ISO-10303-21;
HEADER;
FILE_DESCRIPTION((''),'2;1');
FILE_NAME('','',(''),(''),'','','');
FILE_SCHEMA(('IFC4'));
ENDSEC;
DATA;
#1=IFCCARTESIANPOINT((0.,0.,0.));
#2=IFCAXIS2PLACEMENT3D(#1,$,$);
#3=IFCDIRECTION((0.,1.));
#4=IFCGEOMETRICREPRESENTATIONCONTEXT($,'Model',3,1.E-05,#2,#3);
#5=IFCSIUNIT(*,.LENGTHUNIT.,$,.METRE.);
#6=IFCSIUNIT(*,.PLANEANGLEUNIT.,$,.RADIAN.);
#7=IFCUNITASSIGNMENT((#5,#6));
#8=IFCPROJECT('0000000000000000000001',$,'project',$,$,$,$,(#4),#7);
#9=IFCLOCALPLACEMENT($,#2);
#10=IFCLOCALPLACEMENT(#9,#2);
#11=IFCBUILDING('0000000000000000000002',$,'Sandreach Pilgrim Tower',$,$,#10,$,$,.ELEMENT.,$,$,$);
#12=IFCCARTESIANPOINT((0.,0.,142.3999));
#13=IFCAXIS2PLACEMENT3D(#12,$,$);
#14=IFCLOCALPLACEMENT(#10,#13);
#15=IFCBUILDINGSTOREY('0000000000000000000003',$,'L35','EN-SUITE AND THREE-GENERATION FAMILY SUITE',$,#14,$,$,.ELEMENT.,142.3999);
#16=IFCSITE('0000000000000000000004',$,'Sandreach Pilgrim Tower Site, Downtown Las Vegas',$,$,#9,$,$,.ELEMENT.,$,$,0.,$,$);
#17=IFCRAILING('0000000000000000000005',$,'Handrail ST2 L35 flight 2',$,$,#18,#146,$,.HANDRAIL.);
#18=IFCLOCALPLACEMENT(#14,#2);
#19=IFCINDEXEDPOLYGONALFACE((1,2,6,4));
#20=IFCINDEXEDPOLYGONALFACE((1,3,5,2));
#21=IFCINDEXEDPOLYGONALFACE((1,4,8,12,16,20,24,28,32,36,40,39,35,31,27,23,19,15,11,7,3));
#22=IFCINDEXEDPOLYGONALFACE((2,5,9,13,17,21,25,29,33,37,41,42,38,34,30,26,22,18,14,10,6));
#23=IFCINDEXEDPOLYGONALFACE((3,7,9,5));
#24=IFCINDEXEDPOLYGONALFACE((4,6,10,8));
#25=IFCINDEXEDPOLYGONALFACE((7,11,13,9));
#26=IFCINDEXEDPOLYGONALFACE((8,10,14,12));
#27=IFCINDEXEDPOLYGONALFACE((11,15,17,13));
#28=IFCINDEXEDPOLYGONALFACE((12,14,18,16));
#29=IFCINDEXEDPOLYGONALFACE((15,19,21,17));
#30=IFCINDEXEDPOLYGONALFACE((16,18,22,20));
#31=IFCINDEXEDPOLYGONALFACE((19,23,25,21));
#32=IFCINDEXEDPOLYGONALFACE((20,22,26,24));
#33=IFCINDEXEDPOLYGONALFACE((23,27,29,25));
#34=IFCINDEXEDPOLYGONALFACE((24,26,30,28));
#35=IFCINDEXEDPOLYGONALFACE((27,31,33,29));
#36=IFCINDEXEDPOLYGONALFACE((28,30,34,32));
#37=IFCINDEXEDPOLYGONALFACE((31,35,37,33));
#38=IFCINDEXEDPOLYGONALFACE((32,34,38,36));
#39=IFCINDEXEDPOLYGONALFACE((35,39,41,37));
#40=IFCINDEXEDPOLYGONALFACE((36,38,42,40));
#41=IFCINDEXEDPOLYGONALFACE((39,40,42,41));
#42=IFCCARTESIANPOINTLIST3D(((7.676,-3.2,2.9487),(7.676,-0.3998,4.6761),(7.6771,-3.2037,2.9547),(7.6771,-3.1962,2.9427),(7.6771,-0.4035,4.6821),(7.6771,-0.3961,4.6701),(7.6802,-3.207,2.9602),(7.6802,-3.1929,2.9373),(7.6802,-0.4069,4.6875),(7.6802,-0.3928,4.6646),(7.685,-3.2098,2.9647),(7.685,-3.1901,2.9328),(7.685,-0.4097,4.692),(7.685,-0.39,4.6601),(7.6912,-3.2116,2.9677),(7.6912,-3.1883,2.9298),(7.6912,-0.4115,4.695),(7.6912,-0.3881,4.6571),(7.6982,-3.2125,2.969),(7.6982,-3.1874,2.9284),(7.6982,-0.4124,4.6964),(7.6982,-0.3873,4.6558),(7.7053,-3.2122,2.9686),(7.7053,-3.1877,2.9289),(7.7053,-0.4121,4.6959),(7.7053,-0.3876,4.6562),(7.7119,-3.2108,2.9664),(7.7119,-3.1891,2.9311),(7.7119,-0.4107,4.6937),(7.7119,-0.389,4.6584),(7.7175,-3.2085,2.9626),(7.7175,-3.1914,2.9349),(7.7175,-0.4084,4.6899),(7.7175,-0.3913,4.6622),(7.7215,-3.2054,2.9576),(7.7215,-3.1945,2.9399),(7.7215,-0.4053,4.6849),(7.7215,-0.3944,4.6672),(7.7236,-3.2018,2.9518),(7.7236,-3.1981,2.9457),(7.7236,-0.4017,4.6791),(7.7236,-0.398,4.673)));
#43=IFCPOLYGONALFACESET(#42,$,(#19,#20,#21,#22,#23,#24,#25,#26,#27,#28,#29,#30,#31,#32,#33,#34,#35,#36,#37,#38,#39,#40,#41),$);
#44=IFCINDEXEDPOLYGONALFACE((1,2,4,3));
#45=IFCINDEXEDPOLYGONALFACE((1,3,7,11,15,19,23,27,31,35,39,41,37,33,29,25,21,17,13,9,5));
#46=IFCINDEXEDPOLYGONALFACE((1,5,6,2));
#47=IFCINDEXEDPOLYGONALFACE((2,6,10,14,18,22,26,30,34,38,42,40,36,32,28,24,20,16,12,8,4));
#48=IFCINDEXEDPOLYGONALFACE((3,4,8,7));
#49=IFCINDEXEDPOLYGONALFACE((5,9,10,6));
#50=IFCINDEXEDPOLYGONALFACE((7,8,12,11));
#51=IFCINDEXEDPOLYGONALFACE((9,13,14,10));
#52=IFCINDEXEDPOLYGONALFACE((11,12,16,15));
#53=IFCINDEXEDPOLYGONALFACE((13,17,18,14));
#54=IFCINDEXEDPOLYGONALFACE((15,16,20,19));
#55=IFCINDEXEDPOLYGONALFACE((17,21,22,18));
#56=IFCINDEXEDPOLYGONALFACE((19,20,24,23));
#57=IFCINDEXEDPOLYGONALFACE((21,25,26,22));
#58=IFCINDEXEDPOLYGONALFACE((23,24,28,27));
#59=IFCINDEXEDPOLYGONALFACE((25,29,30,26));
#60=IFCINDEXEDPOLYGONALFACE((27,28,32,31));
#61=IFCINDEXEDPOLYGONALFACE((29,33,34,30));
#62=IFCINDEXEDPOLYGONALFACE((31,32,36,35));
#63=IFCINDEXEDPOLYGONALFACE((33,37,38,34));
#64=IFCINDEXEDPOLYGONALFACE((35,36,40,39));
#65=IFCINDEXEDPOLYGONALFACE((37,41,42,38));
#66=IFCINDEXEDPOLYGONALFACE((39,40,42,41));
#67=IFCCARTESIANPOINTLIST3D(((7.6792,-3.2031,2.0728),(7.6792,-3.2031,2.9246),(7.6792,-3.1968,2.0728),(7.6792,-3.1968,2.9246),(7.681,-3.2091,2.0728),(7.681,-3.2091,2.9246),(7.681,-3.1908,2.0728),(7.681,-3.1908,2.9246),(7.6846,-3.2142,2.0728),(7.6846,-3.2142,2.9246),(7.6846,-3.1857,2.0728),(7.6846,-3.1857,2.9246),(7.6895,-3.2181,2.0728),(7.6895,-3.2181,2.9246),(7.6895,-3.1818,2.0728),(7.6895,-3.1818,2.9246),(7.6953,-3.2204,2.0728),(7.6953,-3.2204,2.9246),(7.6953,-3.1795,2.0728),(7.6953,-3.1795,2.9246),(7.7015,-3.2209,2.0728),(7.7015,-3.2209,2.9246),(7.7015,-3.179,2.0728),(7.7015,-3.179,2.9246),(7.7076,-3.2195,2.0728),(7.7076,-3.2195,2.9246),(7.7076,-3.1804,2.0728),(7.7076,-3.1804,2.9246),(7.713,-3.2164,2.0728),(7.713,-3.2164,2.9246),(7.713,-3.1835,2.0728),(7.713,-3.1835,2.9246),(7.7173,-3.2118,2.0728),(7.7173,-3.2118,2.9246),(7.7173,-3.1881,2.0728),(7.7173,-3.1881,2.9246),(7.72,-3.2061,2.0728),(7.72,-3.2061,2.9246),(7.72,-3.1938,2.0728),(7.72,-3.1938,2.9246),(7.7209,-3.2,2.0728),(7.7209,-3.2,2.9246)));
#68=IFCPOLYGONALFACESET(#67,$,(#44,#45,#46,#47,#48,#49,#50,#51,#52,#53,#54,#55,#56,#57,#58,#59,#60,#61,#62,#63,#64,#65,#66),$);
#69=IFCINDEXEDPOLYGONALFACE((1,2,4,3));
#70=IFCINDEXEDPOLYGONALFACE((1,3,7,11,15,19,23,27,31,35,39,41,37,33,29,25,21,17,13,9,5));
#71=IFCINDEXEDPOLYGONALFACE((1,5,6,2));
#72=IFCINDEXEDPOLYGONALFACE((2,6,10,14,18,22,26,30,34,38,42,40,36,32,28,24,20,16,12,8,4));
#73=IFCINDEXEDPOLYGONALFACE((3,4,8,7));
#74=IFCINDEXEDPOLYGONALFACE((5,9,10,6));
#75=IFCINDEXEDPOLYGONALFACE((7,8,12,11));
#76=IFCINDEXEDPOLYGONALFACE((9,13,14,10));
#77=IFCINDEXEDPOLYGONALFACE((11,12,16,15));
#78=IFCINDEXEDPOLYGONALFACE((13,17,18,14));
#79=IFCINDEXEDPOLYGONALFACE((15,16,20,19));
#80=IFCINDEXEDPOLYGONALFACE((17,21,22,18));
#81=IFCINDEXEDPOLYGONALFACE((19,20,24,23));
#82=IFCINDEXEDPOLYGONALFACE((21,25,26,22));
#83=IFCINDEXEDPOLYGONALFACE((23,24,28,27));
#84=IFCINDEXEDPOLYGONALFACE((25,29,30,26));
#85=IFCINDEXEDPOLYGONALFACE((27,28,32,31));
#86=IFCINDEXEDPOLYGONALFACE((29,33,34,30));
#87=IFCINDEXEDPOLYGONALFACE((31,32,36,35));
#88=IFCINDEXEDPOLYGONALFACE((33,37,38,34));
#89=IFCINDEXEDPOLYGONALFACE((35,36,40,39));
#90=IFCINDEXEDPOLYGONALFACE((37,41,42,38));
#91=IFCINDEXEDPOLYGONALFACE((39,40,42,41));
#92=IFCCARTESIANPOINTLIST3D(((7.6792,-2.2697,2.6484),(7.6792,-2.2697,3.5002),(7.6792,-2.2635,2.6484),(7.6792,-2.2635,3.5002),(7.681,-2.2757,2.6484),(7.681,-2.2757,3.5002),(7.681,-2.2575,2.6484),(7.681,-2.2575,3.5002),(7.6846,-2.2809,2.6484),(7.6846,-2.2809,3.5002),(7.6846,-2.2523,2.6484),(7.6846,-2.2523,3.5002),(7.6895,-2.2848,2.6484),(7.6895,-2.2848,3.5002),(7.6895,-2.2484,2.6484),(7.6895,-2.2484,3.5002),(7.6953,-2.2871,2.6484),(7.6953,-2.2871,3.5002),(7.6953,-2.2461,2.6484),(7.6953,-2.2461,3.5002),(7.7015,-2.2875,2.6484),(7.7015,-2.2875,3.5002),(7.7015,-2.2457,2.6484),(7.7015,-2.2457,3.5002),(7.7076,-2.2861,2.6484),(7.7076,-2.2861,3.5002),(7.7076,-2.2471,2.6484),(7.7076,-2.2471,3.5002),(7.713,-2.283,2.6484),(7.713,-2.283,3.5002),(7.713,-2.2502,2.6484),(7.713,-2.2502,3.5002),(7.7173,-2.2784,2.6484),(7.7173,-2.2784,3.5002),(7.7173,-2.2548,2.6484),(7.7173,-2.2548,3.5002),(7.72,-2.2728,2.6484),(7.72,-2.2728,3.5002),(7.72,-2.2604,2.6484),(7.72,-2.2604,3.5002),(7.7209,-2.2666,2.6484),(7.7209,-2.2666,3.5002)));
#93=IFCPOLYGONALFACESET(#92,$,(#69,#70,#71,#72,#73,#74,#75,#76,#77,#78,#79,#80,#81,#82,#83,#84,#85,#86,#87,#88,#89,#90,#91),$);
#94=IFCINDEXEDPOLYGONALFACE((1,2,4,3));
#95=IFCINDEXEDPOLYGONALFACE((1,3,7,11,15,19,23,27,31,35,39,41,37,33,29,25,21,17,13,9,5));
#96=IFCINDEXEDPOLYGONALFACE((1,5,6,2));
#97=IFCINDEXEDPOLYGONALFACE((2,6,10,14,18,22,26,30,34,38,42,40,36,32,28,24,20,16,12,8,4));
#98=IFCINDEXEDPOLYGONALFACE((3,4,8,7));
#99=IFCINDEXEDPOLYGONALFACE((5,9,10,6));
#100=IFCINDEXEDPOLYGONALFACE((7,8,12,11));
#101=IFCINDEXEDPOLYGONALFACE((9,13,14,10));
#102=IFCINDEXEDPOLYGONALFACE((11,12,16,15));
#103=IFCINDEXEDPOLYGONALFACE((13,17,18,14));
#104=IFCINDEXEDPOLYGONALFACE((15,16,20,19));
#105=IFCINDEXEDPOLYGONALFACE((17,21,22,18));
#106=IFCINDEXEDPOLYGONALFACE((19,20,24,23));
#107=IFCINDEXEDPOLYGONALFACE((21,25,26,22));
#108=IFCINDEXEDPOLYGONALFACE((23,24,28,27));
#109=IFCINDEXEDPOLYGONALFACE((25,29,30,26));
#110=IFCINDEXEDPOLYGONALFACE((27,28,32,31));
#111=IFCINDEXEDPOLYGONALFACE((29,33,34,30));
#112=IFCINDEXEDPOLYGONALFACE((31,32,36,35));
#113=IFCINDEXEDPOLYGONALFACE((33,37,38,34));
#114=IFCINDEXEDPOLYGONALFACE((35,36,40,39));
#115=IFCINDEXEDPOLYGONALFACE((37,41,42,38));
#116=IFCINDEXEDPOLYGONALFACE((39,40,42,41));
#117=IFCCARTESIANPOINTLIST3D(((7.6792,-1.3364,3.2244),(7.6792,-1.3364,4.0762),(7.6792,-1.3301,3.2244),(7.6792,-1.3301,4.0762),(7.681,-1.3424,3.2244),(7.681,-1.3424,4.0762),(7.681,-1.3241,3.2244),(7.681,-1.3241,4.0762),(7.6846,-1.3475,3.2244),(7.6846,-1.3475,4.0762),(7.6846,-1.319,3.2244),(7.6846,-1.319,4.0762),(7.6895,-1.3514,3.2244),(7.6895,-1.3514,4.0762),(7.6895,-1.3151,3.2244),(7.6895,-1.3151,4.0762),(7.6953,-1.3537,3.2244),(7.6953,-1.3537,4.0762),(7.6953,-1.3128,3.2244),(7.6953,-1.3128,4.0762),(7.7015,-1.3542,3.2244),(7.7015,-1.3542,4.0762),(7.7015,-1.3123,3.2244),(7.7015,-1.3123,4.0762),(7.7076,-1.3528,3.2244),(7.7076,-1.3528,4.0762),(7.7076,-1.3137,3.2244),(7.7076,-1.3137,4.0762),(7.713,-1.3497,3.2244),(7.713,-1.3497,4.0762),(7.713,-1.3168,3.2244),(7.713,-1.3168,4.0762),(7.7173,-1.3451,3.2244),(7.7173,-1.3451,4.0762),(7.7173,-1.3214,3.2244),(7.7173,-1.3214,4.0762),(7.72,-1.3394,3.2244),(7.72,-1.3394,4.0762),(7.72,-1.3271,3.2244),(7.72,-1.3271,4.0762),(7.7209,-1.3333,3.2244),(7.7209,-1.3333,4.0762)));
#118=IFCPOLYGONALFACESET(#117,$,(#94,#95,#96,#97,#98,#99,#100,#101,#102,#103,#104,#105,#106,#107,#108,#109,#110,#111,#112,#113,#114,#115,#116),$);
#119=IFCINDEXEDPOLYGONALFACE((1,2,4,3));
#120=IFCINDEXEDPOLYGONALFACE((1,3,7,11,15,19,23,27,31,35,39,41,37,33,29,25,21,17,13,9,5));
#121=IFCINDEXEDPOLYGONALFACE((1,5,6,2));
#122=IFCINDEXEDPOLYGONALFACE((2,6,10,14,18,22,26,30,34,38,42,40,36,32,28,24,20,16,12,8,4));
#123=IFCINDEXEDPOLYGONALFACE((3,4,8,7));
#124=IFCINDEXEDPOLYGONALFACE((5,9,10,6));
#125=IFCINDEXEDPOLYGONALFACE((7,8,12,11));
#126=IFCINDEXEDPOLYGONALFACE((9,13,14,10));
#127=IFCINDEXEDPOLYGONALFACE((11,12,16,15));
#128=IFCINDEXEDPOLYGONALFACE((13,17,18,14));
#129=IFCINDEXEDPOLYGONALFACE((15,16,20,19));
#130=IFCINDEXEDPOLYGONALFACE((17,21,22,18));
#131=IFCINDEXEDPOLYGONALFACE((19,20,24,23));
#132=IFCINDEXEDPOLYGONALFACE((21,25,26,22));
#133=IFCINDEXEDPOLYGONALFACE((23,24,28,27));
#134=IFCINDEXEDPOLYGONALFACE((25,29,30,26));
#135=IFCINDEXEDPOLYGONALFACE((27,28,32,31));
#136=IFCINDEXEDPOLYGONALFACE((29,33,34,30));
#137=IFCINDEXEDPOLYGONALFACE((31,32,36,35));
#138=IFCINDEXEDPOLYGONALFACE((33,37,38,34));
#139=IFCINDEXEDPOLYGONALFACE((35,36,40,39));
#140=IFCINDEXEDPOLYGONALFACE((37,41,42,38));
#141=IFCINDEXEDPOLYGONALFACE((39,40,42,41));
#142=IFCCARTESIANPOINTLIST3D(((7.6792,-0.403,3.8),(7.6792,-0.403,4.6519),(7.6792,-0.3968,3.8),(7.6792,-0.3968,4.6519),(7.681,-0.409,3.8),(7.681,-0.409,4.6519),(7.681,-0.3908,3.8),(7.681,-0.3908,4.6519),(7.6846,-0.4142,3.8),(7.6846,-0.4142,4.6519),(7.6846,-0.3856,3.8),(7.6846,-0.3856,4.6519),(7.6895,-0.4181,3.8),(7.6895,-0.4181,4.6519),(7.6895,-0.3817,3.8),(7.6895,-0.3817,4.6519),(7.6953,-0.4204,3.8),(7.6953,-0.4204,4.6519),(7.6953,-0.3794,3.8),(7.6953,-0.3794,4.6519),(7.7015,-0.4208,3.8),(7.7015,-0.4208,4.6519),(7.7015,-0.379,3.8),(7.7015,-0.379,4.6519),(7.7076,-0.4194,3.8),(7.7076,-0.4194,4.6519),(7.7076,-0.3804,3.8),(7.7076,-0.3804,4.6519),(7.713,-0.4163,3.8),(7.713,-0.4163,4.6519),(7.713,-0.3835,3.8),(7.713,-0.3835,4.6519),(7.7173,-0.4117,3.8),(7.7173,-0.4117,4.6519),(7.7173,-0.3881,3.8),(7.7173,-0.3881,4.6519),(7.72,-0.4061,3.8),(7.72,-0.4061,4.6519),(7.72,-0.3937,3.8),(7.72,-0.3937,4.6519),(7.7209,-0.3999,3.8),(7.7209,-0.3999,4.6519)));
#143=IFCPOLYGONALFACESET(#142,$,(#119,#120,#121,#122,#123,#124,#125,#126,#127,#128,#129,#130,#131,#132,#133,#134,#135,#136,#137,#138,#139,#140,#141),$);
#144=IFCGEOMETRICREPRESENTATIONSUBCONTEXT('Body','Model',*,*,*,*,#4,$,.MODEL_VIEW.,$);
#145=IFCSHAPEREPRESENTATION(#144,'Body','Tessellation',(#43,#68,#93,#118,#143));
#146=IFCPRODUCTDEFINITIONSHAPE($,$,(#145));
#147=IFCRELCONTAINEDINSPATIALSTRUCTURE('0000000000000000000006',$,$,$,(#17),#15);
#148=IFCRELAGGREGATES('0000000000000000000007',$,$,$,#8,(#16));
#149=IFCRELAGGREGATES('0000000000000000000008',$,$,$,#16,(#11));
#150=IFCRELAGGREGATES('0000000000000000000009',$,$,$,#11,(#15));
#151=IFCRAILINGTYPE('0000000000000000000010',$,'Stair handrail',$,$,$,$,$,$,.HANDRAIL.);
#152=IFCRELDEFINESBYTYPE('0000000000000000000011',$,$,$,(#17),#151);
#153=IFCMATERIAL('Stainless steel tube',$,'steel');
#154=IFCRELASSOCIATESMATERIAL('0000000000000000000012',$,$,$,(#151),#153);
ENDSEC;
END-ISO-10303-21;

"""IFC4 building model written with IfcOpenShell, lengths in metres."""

from ifc_helpers import new_model, si_unit, direction, frame, origin, origin_2d, place, context, subcontext, project, spatial, circle, extrude, material, type_object, element, save


model = new_model("IFC4")

# Units and contexts
model_context = context("Model", 3, precision=1e-05, world=origin(), true_north=direction((0.0, 1.0)))
body_context = subcontext(model_context, "Body", "Model", "MODEL_VIEW")
ifc_project = project(units=[si_unit("LENGTHUNIT", "METRE"), si_unit("PLANEANGLEUNIT", "RADIAN")], contexts=[model_context])

# Site, building, storey
site_placement = place(None, origin())
site = spatial("IfcSite", under=ifc_project, at=site_placement, Name="Sandreach Pilgrim Tower Site, Downtown Las Vegas", CompositionType="ELEMENT", RefElevation=0.0)
building_placement = place(site_placement, origin())
building = spatial("IfcBuilding", under=site, at=building_placement, Name="Sandreach Pilgrim Tower", CompositionType="ELEMENT")
storey_placement = place(building_placement, frame((0.0, 0.0, 142.3999)))
storey = spatial("IfcBuildingStorey", under=building, at=storey_placement, Name="L35", Description="EN-SUITE AND THREE-GENERATION FAMILY SUITE", CompositionType="ELEMENT", Elevation=142.3999)

# Railing
ifc_material_1 = material(Name="Stainless steel tube", Category="steel")
railing_type = type_object("IfcRailingType", Name="Stair handrail", PredefinedType="HANDRAIL", material=ifc_material_1)
for number, where, name in (
    (1, (7.7, -3.2, 2.0728), "Handrail ST2 L35 flight 2"),
):
    element("IfcRailing", number, at=place(storey_placement, frame(where)), inside=storey, type_object=railing_type, Name=name, PredefinedType="HANDRAIL", context=body_context, shape_type="SweptSolid", body=[
        extrude(circle(Radius=0.0239, at=origin_2d()), frame((0.0, 0.0, 0.876), z_axis=(0.0, 0.85109, 0.52502), x_axis=(-1.0, 0.0, 0.0)), (0.0, 0.0, 1.0), 3.29),
        extrude(circle(Radius=0.021, at=origin_2d()), origin(), (0.0, 0.0, 1.0), 0.8518),
        extrude(circle(Radius=0.021, at=origin_2d()), frame((0.0, 0.9333, 0.5757)), (0.0, 0.0, 1.0), 0.8518),
        extrude(circle(Radius=0.021, at=origin_2d()), frame((0.0, 1.8667, 1.1516)), (0.0, 0.0, 1.0), 0.8518),
        extrude(circle(Radius=0.021, at=origin_2d()), frame((0.0, 2.8, 1.7273)), (0.0, 0.0, 1.0), 0.8518),
    ])

save(model, "model.ifc")
